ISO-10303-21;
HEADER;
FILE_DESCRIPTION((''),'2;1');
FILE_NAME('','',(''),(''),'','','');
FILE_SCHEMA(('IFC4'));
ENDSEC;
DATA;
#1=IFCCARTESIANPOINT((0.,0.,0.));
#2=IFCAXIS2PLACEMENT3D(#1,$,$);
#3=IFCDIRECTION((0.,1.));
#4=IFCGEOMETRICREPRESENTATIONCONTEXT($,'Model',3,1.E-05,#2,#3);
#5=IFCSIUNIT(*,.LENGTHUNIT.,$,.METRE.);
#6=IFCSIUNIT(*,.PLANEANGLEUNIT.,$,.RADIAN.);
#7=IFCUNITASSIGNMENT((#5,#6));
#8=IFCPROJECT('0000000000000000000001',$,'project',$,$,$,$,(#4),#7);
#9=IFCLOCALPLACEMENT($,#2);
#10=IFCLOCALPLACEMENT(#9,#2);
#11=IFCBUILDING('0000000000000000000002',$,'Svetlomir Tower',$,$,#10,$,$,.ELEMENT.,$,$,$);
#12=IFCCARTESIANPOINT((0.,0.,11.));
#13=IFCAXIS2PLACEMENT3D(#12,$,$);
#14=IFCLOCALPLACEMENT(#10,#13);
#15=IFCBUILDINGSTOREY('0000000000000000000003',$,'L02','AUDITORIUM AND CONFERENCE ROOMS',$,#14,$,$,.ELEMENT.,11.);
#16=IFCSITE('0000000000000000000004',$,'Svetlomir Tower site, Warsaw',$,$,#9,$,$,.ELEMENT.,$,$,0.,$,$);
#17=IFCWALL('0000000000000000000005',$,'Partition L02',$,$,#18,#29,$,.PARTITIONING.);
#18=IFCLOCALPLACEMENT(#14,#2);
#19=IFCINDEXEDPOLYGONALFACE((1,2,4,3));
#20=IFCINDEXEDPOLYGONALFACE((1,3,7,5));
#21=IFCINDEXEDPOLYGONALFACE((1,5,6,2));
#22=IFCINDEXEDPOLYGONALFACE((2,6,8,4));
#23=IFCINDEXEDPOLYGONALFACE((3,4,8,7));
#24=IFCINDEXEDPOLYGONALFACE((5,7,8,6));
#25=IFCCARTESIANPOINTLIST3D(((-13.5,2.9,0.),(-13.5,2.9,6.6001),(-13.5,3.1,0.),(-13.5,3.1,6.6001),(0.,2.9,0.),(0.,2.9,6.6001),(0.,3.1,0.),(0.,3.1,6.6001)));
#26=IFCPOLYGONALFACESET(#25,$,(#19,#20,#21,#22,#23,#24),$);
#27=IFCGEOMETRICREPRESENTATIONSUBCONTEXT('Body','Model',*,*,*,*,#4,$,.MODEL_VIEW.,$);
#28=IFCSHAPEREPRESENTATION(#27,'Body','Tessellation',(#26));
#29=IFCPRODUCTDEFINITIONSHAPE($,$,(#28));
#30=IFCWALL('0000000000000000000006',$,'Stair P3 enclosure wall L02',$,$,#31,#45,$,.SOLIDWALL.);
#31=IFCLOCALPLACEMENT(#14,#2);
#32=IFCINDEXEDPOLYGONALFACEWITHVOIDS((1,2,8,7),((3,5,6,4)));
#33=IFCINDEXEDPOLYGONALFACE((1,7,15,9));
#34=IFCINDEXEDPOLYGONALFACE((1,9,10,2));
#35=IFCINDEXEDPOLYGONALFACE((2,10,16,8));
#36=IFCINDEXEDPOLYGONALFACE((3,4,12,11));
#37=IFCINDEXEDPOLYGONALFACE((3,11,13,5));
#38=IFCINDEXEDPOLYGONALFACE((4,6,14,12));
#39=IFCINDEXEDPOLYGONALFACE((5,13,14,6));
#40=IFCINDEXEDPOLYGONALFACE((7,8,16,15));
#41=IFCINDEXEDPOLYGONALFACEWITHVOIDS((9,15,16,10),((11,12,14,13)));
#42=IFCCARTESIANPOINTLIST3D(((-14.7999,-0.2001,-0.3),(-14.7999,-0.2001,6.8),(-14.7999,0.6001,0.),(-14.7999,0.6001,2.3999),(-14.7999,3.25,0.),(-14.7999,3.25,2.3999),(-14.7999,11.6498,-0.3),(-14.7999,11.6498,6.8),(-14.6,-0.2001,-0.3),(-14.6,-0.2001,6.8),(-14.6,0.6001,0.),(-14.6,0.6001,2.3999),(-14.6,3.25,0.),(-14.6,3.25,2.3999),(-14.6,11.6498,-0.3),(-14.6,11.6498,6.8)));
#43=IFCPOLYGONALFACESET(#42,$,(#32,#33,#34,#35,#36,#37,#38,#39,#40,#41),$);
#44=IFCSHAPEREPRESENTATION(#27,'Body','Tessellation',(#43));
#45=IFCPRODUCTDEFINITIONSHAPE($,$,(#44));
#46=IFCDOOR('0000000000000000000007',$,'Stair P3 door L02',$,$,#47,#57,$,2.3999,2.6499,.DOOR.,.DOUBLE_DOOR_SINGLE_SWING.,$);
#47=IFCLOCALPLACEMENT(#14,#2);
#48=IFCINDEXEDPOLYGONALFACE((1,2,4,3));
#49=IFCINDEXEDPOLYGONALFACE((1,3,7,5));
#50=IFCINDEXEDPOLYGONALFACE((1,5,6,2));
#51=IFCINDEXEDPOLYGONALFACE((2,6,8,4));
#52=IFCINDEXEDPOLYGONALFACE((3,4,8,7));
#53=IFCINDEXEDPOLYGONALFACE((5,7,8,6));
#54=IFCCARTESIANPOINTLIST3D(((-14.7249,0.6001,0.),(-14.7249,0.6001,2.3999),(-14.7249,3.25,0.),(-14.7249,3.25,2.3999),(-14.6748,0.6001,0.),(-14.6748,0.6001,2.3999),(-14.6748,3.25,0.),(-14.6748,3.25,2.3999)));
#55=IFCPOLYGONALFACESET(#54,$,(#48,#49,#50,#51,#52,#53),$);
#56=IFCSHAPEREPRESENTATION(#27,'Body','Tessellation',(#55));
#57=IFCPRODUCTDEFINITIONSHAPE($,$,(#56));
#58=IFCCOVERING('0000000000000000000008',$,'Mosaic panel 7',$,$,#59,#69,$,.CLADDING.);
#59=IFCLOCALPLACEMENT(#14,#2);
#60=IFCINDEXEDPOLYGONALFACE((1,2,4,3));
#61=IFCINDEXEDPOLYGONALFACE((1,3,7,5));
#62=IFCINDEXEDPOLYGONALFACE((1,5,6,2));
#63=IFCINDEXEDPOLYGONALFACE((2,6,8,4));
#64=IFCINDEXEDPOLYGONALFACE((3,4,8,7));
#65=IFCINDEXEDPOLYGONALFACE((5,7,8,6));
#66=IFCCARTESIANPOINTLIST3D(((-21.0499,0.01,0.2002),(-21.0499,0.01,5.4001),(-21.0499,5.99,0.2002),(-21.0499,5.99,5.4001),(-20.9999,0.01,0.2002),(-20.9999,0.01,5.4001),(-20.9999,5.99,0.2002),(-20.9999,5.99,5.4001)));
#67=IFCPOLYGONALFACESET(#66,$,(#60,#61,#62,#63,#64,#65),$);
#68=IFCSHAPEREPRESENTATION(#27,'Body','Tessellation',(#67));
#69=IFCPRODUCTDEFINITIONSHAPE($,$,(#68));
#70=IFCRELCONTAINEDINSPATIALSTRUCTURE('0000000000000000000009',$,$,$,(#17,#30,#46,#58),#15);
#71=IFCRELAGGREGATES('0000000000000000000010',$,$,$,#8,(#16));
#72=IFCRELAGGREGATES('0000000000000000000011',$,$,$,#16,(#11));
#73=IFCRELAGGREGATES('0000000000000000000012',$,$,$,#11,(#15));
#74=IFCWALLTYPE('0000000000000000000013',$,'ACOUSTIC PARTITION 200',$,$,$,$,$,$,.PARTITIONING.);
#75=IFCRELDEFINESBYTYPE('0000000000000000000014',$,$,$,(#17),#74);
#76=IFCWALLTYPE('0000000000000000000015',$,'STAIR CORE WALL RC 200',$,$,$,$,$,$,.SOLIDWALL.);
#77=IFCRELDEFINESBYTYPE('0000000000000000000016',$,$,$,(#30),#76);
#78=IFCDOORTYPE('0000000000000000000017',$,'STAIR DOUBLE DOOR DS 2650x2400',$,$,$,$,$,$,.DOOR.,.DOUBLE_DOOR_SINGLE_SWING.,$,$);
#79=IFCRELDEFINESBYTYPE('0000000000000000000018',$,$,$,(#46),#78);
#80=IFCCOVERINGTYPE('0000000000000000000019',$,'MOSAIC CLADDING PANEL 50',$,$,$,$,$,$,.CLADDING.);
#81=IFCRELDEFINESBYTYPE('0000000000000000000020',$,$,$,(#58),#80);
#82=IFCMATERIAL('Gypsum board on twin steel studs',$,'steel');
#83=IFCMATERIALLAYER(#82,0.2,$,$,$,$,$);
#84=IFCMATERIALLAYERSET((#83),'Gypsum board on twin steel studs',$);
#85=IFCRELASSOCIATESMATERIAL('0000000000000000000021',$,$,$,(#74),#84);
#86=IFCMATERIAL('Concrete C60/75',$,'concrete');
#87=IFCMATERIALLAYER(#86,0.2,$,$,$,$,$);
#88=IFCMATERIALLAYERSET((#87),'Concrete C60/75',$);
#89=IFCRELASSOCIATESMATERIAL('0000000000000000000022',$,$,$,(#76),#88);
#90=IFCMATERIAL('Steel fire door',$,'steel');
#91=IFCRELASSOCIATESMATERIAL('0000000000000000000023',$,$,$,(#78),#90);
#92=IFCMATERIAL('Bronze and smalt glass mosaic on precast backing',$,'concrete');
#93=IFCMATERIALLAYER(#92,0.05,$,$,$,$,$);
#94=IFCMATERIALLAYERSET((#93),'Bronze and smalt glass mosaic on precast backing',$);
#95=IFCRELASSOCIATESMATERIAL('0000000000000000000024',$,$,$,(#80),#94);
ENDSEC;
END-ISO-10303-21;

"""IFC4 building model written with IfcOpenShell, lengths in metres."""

from ifc_helpers import new_model, si_unit, direction, frame, frame_2d, origin, origin_2d, place, context, subcontext, project, spatial, rectangle, extrude, material, layer, layer_set, type_object, element, fill, save


model = new_model("IFC4")

# Units and contexts
model_context = context("Model", 3, precision=1e-05, world=origin(), true_north=direction((0.0, 1.0)))
body_context = subcontext(model_context, "Body", "Model", "MODEL_VIEW")
ifc_project = project(units=[si_unit("LENGTHUNIT", "METRE"), si_unit("PLANEANGLEUNIT", "RADIAN")], contexts=[model_context])

# Site, building, storey
site_placement = place(None, origin())
site = spatial("IfcSite", under=ifc_project, at=site_placement, Name="Svetlomir Tower site, Warsaw", CompositionType="ELEMENT", RefElevation=0.0)
building_placement = place(site_placement, origin())
building = spatial("IfcBuilding", under=site, at=building_placement, Name="Svetlomir Tower", CompositionType="ELEMENT")
storey_placement = place(building_placement, frame((0.0, 0.0, 11.0)))
storey = spatial("IfcBuildingStorey", under=building, at=storey_placement, Name="L02", Description="AUDITORIUM AND CONFERENCE ROOMS", CompositionType="ELEMENT", Elevation=11.0)

# Wall
ifc_material_1 = material(Name="Gypsum board on twin steel studs", Category="steel")
ifc_layer_1 = layer(ifc_material_1, 0.2)
ifc_layer_set_1 = layer_set([ifc_layer_1], Name="Gypsum board on twin steel studs")
wall_type_1 = type_object("IfcWallType", Name="ACOUSTIC PARTITION 200", PredefinedType="PARTITIONING", material=ifc_layer_set_1)
wall_1_placement = place(storey_placement, frame((-13.5, 3.0, 0.0), z_axis=(0.0, 0.0, 1.0), x_axis=(1.0, 0.0, 0.0)))
element("IfcWall", 1, at=wall_1_placement, inside=storey, type_object=wall_type_1, Name="Partition L02", PredefinedType="PARTITIONING", context=body_context, shape_type="SweptSolid", body=[
    extrude(rectangle(XDim=13.5, YDim=0.2, at=frame_2d((6.75, 0.0))), origin(), (0.0, 0.0, 1.0), 6.6001),
])

# Wall, opening, door
ifc_material_2 = material(Name="Concrete C60/75", Category="concrete")
ifc_layer_2 = layer(ifc_material_2, 0.2)
ifc_layer_set_2 = layer_set([ifc_layer_2], Name="Concrete C60/75")
wall_type_2 = type_object("IfcWallType", Name="STAIR CORE WALL RC 200", PredefinedType="SOLIDWALL", material=ifc_layer_set_2)
wall_2_placement = place(storey_placement, frame((-14.7, -0.2, -0.3), z_axis=(0.0, 0.0, 1.0), x_axis=(0.0, 1.0, 0.0)))
wall_2 = element("IfcWall", 2, at=wall_2_placement, inside=storey, type_object=wall_type_2, Name="Stair P3 enclosure wall L02", PredefinedType="SOLIDWALL", context=body_context, shape_type="SweptSolid", body=[
    extrude(rectangle(XDim=11.8499, YDim=0.2, at=frame_2d((5.9248, 0.0))), origin(), (0.0, 0.0, 1.0), 7.1001),
])
opening_placement = place(wall_2_placement, frame((0.8, 0.0, 0.3)))
opening = element("IfcOpeningElement", 3, at=opening_placement, cuts=wall_2, PredefinedType="OPENING", context=body_context, shape_type="SweptSolid", body=[
    extrude(rectangle(XDim=2.6499, YDim=2.3999, at=frame_2d((1.325, 1.2))), frame((0.0, 0.1099, 0.0), z_axis=(0.0, -1.0, 0.0), x_axis=(1.0, 0.0, 0.0)), (0.0, 0.0, 1.0), 0.22),
])
ifc_material_3 = material(Name="Steel fire door", Category="steel")
door_type = type_object("IfcDoorType", Name="STAIR DOUBLE DOOR DS 2650x2400", OperationType="DOUBLE_DOOR_SINGLE_SWING", PredefinedType="DOOR", material=ifc_material_3)
door_placement = place(opening_placement, origin())
door = element("IfcDoor", 4, at=door_placement, inside=storey, type_object=door_type, Name="Stair P3 door L02", OperationType="DOUBLE_DOOR_SINGLE_SWING", OverallHeight=2.3999, OverallWidth=2.6499, PredefinedType="DOOR", context=body_context, shape_type="SweptSolid", body=[
    extrude(rectangle(XDim=2.6499, YDim=2.3999, at=frame_2d((1.325, 1.2))), frame((0.0, 0.0249, 0.0), z_axis=(0.0, -1.0, 0.0), x_axis=(1.0, 0.0, 0.0)), (0.0, 0.0, 1.0), 0.05),
])
fill(opening, door)

# Covering
ifc_material_4 = material(Name="Bronze and smalt glass mosaic on precast backing", Category="concrete")
ifc_layer_3 = layer(ifc_material_4, 0.05)
ifc_layer_set_3 = layer_set([ifc_layer_3], Name="Bronze and smalt glass mosaic on precast backing")
covering_type = type_object("IfcCoveringType", Name="MOSAIC CLADDING PANEL 50", PredefinedType="CLADDING", material=ifc_layer_set_3)
covering_placement = place(storey_placement, frame((-21.0249, 3.0, 0.2002), z_axis=(0.0, 0.0, 1.0), x_axis=(1.0, 0.0, 0.0)))
element("IfcCovering", 5, at=covering_placement, inside=storey, type_object=covering_type, Name="Mosaic panel 7", PredefinedType="CLADDING", context=body_context, shape_type="SweptSolid", body=[
    extrude(rectangle(XDim=0.05, YDim=5.98, at=origin_2d()), origin(), (0.0, 0.0, 1.0), 5.2),
])

save(model, "model.ifc")
